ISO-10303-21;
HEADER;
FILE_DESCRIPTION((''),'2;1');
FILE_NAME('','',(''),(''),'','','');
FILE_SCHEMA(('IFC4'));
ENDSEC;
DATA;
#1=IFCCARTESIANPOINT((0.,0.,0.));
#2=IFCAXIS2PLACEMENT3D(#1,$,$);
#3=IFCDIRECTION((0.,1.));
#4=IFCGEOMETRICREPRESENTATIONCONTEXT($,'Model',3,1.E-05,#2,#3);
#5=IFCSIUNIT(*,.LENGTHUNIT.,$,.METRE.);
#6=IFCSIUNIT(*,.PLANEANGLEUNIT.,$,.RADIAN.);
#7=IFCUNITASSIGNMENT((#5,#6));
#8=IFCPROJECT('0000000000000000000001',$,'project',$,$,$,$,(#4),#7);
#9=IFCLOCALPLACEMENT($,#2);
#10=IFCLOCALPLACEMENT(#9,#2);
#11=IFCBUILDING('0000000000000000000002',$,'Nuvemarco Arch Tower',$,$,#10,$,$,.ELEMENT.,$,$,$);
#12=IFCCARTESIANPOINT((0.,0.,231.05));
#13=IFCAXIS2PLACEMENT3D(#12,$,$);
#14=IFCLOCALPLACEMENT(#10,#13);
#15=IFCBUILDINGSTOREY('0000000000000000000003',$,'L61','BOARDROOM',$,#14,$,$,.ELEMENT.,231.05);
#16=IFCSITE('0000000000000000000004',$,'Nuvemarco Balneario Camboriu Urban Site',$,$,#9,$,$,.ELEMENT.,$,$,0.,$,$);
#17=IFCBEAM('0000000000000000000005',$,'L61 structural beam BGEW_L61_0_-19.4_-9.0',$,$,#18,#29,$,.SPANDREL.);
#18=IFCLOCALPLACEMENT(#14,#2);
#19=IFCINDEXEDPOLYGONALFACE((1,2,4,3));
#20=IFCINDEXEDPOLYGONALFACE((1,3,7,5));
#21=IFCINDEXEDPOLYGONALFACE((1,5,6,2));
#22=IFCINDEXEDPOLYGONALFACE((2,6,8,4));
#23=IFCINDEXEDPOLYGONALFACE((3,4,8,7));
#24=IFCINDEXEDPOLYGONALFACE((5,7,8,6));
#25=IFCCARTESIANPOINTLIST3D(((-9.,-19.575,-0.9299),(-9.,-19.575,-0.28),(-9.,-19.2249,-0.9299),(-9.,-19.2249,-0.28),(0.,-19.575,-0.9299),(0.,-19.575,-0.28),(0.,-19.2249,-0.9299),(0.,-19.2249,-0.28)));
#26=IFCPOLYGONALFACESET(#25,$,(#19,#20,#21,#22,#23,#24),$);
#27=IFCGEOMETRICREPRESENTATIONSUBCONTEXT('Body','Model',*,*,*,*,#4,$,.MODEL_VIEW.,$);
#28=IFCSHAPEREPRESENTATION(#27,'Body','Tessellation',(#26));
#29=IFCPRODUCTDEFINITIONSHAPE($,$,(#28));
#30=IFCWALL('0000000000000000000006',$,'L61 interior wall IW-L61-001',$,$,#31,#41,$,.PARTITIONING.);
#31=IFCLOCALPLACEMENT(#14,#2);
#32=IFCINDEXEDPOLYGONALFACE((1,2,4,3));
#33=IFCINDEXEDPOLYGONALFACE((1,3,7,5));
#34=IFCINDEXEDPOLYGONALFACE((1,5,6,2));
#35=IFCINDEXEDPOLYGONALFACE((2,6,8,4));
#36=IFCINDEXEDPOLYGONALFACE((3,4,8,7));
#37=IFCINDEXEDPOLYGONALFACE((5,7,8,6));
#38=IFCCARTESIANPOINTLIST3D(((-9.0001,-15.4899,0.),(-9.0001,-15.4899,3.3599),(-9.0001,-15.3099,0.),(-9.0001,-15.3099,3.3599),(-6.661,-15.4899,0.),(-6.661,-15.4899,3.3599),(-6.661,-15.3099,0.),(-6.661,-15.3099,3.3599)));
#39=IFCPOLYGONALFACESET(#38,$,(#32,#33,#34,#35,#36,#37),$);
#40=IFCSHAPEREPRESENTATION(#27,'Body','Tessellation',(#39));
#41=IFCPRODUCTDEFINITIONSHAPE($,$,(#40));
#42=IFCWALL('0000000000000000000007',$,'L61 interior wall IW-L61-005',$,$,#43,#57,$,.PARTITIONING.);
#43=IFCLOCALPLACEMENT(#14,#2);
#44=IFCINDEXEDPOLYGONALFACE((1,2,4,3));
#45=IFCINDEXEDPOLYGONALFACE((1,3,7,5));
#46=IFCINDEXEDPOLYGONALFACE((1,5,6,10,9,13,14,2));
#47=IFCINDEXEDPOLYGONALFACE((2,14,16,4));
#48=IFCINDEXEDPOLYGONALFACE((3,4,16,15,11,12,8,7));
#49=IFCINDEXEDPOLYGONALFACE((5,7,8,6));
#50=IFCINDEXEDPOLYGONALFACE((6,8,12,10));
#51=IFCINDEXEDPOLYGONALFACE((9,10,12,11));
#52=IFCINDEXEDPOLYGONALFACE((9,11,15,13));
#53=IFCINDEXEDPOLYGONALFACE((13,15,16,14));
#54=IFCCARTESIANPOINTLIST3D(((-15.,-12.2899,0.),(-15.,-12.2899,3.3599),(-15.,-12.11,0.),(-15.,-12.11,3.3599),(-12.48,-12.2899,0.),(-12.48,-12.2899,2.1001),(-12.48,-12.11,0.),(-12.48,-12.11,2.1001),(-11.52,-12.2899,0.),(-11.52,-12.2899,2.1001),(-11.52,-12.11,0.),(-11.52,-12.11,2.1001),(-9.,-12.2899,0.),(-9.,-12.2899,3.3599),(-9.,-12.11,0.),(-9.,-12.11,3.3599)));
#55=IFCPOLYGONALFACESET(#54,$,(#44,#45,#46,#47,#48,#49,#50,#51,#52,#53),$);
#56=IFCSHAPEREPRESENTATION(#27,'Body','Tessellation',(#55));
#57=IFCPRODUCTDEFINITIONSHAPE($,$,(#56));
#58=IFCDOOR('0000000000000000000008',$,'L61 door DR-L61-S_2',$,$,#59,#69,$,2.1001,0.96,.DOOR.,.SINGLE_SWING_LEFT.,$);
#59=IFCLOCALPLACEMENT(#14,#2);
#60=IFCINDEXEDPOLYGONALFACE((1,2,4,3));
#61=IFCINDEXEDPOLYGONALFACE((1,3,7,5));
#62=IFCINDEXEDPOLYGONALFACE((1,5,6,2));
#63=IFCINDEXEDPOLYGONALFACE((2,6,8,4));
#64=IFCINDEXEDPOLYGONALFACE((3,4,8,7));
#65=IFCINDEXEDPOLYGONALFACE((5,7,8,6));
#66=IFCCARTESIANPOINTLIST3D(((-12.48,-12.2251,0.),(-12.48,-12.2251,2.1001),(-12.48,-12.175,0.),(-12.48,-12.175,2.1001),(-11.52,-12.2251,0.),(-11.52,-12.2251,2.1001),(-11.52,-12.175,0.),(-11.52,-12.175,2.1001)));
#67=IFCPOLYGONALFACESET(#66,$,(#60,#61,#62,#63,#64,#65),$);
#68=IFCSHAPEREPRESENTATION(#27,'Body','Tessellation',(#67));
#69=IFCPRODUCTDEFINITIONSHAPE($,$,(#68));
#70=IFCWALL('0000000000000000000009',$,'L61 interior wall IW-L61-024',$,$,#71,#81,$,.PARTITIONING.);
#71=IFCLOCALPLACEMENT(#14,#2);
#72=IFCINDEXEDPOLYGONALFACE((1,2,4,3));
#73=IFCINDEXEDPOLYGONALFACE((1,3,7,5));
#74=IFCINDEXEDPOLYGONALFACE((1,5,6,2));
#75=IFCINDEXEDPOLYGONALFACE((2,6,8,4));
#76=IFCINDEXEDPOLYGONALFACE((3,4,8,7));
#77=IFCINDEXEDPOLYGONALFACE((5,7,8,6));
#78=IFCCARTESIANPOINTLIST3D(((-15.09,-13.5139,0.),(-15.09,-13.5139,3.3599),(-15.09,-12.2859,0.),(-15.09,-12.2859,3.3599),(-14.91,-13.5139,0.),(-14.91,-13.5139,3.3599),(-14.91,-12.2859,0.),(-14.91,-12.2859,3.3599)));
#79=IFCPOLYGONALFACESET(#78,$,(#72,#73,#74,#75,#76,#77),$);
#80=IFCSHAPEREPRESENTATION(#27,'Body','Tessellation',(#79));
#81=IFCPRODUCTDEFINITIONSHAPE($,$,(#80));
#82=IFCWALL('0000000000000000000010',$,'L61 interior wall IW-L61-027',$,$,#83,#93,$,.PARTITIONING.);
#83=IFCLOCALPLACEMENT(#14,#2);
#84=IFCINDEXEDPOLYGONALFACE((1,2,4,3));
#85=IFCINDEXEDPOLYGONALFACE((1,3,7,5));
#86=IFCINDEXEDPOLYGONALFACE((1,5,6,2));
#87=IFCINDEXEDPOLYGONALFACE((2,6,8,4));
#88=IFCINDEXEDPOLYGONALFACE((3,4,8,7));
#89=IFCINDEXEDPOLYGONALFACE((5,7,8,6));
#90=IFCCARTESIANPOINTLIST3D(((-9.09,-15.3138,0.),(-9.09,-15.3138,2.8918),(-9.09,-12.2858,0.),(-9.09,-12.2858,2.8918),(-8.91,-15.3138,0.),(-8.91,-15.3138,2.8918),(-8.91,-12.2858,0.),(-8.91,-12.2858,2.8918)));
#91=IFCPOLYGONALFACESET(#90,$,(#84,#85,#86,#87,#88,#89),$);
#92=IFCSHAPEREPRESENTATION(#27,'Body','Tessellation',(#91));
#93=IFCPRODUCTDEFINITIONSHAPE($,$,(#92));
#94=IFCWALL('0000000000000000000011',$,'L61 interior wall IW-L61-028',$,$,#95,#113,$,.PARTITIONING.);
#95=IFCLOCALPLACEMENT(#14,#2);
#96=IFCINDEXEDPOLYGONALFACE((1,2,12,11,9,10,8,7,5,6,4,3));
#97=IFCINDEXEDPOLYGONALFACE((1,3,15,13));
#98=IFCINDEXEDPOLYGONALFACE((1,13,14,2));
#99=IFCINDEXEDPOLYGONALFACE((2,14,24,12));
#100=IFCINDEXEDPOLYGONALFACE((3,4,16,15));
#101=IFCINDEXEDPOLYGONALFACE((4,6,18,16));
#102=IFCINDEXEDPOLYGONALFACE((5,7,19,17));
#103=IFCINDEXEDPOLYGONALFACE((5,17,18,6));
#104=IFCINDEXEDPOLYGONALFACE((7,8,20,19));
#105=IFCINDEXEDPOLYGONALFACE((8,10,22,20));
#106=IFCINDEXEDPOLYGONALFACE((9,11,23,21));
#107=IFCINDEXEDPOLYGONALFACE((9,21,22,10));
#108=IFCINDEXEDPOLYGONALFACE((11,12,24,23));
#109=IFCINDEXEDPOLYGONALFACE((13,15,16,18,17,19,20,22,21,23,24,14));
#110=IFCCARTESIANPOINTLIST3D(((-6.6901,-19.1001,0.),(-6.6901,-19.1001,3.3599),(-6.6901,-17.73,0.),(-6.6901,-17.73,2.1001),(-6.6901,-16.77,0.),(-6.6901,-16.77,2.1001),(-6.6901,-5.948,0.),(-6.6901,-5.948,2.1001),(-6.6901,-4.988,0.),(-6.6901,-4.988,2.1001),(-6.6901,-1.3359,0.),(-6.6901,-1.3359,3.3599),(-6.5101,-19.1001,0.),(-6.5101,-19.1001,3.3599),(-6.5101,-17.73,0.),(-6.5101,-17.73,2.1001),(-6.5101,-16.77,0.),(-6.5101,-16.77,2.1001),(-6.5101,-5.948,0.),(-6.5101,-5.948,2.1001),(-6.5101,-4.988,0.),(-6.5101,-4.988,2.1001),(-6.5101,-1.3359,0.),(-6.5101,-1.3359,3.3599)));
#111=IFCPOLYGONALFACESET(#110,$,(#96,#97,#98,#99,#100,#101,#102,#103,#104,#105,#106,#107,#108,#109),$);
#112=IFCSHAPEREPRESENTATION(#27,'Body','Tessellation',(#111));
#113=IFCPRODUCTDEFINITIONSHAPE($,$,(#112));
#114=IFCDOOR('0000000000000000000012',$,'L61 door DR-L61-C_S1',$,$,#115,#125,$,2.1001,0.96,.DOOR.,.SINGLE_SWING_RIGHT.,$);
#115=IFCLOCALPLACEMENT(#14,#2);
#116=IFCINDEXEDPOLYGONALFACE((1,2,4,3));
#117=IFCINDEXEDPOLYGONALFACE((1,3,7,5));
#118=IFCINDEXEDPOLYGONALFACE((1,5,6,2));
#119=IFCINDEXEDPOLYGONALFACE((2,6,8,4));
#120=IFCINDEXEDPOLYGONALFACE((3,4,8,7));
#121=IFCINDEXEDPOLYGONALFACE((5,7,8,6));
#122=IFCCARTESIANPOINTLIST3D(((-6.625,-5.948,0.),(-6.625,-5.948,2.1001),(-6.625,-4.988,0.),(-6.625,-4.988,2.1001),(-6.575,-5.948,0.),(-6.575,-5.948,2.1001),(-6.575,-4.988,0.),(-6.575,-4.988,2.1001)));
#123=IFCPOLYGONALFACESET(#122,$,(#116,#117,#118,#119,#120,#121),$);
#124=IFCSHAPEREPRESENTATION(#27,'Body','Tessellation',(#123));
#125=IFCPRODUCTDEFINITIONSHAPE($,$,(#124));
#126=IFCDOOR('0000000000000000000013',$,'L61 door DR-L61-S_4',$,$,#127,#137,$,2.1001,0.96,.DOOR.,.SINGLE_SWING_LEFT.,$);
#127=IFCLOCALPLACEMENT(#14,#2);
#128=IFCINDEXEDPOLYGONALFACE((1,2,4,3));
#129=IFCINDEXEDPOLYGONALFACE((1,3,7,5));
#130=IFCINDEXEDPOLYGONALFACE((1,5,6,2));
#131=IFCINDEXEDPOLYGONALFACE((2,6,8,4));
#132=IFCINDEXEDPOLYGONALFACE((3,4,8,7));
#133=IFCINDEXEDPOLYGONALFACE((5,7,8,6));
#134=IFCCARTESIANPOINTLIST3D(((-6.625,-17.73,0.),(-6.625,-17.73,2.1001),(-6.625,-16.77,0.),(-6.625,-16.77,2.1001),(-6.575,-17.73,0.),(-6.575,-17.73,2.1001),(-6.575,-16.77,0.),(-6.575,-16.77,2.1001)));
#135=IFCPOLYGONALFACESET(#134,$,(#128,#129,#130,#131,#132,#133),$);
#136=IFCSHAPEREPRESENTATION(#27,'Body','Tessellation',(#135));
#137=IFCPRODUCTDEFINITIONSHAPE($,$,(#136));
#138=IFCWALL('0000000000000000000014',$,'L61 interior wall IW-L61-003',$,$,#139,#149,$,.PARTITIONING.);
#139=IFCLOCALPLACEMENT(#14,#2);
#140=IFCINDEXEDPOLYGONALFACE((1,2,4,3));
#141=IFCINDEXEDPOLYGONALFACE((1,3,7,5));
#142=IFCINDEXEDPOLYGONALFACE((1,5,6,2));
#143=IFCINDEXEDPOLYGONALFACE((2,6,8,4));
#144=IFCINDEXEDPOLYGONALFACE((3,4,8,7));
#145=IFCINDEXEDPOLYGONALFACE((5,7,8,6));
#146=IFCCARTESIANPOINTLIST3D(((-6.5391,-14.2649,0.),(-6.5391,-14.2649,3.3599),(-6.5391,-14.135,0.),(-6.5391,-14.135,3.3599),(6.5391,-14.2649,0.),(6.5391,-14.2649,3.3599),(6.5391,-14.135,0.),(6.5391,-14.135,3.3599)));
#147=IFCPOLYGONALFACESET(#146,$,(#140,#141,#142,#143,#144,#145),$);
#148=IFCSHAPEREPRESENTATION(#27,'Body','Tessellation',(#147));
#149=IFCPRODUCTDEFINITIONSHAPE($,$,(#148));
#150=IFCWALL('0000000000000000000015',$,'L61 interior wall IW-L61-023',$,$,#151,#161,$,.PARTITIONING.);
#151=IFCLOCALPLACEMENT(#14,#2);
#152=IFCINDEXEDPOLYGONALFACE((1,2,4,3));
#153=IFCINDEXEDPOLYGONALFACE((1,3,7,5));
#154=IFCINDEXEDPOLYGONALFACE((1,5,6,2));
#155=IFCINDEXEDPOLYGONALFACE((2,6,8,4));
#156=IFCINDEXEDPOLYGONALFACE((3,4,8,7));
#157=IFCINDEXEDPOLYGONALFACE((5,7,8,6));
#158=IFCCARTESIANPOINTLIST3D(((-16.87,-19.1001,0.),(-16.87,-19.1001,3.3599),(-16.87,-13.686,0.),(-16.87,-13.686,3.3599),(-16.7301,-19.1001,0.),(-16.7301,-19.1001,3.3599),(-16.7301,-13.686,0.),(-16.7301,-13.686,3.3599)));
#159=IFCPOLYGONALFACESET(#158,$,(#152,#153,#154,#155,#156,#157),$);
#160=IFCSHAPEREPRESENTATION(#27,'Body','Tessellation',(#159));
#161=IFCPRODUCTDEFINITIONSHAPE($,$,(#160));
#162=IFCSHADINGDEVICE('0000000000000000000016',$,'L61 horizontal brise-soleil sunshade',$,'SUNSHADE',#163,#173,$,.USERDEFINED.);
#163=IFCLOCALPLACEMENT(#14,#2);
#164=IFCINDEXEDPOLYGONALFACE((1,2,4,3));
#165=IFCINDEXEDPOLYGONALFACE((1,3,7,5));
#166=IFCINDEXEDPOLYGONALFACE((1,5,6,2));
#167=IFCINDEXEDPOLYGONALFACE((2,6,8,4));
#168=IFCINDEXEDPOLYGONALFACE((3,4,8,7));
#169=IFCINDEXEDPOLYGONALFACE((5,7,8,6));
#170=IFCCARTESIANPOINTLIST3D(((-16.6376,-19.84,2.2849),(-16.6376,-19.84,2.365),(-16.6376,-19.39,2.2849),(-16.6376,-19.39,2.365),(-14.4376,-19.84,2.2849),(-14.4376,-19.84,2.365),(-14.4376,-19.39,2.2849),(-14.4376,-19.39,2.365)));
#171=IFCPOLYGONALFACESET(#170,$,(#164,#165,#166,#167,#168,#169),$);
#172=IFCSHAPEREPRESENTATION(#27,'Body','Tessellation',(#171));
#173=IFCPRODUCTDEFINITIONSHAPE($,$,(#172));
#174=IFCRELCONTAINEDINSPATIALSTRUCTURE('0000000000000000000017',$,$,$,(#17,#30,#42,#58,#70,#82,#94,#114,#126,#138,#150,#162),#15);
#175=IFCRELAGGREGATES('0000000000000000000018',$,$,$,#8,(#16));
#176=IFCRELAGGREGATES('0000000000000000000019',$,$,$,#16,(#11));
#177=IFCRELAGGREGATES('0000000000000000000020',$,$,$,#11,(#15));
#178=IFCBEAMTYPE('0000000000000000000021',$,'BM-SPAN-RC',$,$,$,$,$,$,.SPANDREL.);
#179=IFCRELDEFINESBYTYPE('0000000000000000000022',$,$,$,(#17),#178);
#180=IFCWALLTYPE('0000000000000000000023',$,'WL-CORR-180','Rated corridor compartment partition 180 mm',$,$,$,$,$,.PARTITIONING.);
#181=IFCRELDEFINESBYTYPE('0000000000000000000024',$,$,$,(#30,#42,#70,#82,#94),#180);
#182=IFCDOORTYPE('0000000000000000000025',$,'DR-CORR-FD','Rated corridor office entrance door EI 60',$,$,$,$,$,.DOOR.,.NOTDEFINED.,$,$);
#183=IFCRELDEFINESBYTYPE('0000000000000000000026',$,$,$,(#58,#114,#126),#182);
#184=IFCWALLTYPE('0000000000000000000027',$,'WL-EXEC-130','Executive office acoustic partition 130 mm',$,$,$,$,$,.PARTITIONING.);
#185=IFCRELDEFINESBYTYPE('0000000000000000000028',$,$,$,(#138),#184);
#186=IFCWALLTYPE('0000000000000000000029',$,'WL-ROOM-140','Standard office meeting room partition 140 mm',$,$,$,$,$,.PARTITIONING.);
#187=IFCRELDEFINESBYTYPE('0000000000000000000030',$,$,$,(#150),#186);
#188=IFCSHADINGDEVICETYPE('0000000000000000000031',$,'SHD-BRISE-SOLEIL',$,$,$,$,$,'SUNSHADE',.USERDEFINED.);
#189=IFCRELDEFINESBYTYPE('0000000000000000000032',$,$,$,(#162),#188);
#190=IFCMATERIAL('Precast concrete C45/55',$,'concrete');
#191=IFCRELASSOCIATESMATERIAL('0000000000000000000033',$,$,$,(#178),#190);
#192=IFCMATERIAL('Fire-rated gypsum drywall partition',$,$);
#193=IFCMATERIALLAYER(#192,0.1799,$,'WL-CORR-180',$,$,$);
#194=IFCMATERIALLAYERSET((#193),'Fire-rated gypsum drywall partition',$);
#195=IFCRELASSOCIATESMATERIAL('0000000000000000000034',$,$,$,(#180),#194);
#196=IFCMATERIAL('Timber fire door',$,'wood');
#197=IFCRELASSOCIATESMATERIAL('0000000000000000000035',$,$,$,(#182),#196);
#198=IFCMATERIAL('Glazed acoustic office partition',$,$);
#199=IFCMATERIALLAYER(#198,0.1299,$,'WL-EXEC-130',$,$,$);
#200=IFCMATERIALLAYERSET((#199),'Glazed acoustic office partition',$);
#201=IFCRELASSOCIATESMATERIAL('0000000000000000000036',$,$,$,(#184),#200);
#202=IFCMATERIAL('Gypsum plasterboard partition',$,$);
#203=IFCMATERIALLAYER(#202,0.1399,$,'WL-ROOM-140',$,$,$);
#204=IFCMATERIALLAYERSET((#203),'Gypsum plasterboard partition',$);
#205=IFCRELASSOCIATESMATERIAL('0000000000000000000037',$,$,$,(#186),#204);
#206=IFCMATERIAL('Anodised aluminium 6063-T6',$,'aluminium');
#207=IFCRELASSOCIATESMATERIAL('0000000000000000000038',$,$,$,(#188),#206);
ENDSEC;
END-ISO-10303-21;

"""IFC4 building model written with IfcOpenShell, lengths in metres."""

from ifc_helpers import new_model, si_unit, direction, frame, frame_2d, origin, origin_2d, place, context, subcontext, project, spatial, rectangle, extrude, source, transform, mapped, material, layer, layer_set, material_profile, profile_set, type_object, type_shapes, element, fill, save


model = new_model("IFC4")

# Units and contexts
model_context = context("Model", 3, precision=1e-05, world=origin(), true_north=direction((0.0, 1.0)))
body_context = subcontext(model_context, "Body", "Model", "MODEL_VIEW")
ifc_project = project(units=[si_unit("LENGTHUNIT", "METRE"), si_unit("PLANEANGLEUNIT", "RADIAN")], contexts=[model_context])

# Site, building, storey
site_placement = place(None, origin())
site = spatial("IfcSite", under=ifc_project, at=site_placement, Name="Nuvemarco Balneario Camboriu Urban Site", CompositionType="ELEMENT", RefElevation=0.0)
building_placement = place(site_placement, origin())
building = spatial("IfcBuilding", under=site, at=building_placement, Name="Nuvemarco Arch Tower", CompositionType="ELEMENT")
storey_placement = place(building_placement, frame((0.0, 0.0, 231.05)))
storey = spatial("IfcBuildingStorey", under=building, at=storey_placement, Name="L61", Description="BOARDROOM", CompositionType="ELEMENT", Elevation=231.05)

# Beam
ifc_material_1 = material(Name="Precast concrete C45/55", Category="concrete")
ifc_material_profile_1 = material_profile(ifc_material_1, rectangle(XDim=0.3501, YDim=0.6499, at=origin_2d()), Name="PC-SP-350x650")
ifc_profile_set_1 = profile_set([ifc_material_profile_1], Name="Precast concrete C45/55")
beam_type_1 = type_object("IfcBeamType", Name="BM-SPAN-RC", PredefinedType="SPANDREL", material=ifc_profile_set_1)
beam_1_placement = place(storey_placement, frame((-9.0, -19.3999, -0.605), z_axis=(1.0, 0.0, 0.0), x_axis=(0.0, 1.0, 0.0)))
element("IfcBeam", 1, at=beam_1_placement, inside=storey, type_object=beam_type_1, Name="L61 structural beam BGEW_L61_0_-19.4_-9.0", PredefinedType="SPANDREL", context=body_context, shape_type="SweptSolid", body=[
    extrude(rectangle(XDim=0.3501, YDim=0.6499, at=origin_2d()), origin(), (0.0, 0.0, 1.0), 9.0),
])

# Wall
ifc_material_2 = material(Name="Fire-rated gypsum drywall partition")
ifc_layer_1 = layer(ifc_material_2, 0.1799, Name="WL-CORR-180")
ifc_layer_set_1 = layer_set([ifc_layer_1], Name="Fire-rated gypsum drywall partition")
wall_type_1 = type_object("IfcWallType", Name="WL-CORR-180", Description="Rated corridor compartment partition 180 mm", PredefinedType="PARTITIONING", material=ifc_layer_set_1)
wall_1_placement = place(storey_placement, frame((-9.0, -15.3999, 0.0), z_axis=(0.0, 0.0, 1.0), x_axis=(1.0, 0.0, 0.0)))
element("IfcWall", 2, at=wall_1_placement, inside=storey, type_object=wall_type_1, Name="L61 interior wall IW-L61-001", PredefinedType="PARTITIONING", context=body_context, shape_type="SweptSolid", body=[
    extrude(rectangle(XDim=2.3391, YDim=0.1799, at=frame_2d((1.1694, 0.0))), origin(), (0.0, 0.0, 1.0), 3.3599),
])

# Wall, opening, door
wall_2_placement = place(storey_placement, frame((-15.0, -12.2, 0.0), z_axis=(0.0, 0.0, 1.0), x_axis=(1.0, 0.0, 0.0)))
wall_2 = element("IfcWall", 3, at=wall_2_placement, inside=storey, type_object=wall_type_1, Name="L61 interior wall IW-L61-005", PredefinedType="PARTITIONING", context=body_context, shape_type="SweptSolid", body=[
    extrude(rectangle(XDim=6.0, YDim=0.1799, at=frame_2d((3.0, 0.0))), origin(), (0.0, 0.0, 1.0), 3.3599),
])
opening_1_placement = place(wall_2_placement, frame((2.52, 0.0, 0.0)))
opening_1 = element("IfcOpeningElement", 4, at=opening_1_placement, cuts=wall_2, PredefinedType="OPENING", context=body_context, shape_type="SweptSolid", body=[
    extrude(rectangle(XDim=0.96, YDim=2.1001, at=frame_2d((0.48, 1.05))), frame((0.0, 0.0999, 0.0), z_axis=(0.0, -1.0, 0.0), x_axis=(1.0, 0.0, 0.0)), (0.0, 0.0, 1.0), 0.2),
])
ifc_material_3 = material(Name="Timber fire door", Category="wood")
door_type = type_object("IfcDoorType", Name="DR-CORR-FD", Description="Rated corridor office entrance door EI 60", OperationType="NOTDEFINED", PredefinedType="DOOR", material=ifc_material_3)
shared_shape_1 = source(origin(), body_context, "Body", "SweptSolid", [
    extrude(rectangle(XDim=0.96, YDim=2.1001, at=frame_2d((0.48, 1.05))), frame((0.0, 0.0249, 0.0), z_axis=(0.0, -1.0, 0.0), x_axis=(1.0, 0.0, 0.0)), (0.0, 0.0, 1.0), 0.05),
])
type_shapes(door_type, [shared_shape_1])
door_1_placement = place(opening_1_placement, origin())
door_1 = element("IfcDoor", 5, at=door_1_placement, inside=storey, type_object=door_type, Name="L61 door DR-L61-S_2", OperationType="SINGLE_SWING_LEFT", OverallHeight=2.1001, OverallWidth=0.96, PredefinedType="DOOR", context=body_context, shape_type="MappedRepresentation", body=[
    mapped(shared_shape_1, transform((0.0, 0.0, 0.0), scale=1.0)),
])
fill(opening_1, door_1)

# Walls
wall_3_placement = place(storey_placement, frame((-15.0, -13.5139, 0.0), z_axis=(0.0, 0.0, 1.0), x_axis=(0.0, 1.0, 0.0)))
element("IfcWall", 6, at=wall_3_placement, inside=storey, type_object=wall_type_1, Name="L61 interior wall IW-L61-024", PredefinedType="PARTITIONING", context=body_context, shape_type="SweptSolid", body=[
    extrude(rectangle(XDim=1.228, YDim=0.1799, at=frame_2d((0.614, 0.0))), origin(), (0.0, 0.0, 1.0), 3.3599),
])
wall_4_placement = place(storey_placement, frame((-9.0, -15.314, 0.0), z_axis=(0.0, 0.0, 1.0), x_axis=(0.0, 1.0, 0.0)))
element("IfcWall", 7, at=wall_4_placement, inside=storey, type_object=wall_type_1, Name="L61 interior wall IW-L61-027", PredefinedType="PARTITIONING", context=body_context, shape_type="SweptSolid", body=[
    extrude(rectangle(XDim=3.0281, YDim=0.1799, at=frame_2d((1.5142, 0.0))), origin(), (0.0, 0.0, 1.0), 2.8918),
])

# Wall, openings, doors
wall_5_placement = place(storey_placement, frame((-6.6001, -19.1001, 0.0), z_axis=(0.0, 0.0, 1.0), x_axis=(0.0, 1.0, 0.0)))
wall_5 = element("IfcWall", 8, at=wall_5_placement, inside=storey, type_object=wall_type_1, Name="L61 interior wall IW-L61-028", PredefinedType="PARTITIONING", context=body_context, shape_type="SweptSolid", body=[
    extrude(rectangle(XDim=17.7642, YDim=0.1799, at=frame_2d((8.8821, 0.0))), origin(), (0.0, 0.0, 1.0), 3.3599),
])
opening_2_placement = place(wall_5_placement, frame((13.1521, 0.0, 0.0)))
opening_2 = element("IfcOpeningElement", 9, at=opening_2_placement, cuts=wall_5, PredefinedType="OPENING", context=body_context, shape_type="SweptSolid", body=[
    extrude(rectangle(XDim=0.96, YDim=2.1001, at=frame_2d((0.48, 1.05))), frame((0.0, 0.0999, 0.0), z_axis=(0.0, -1.0, 0.0), x_axis=(1.0, 0.0, 0.0)), (0.0, 0.0, 1.0), 0.2),
])
opening_3_placement = place(wall_5_placement, frame((1.3701, 0.0, 0.0)))
opening_3 = element("IfcOpeningElement", 10, at=opening_3_placement, cuts=wall_5, PredefinedType="OPENING", context=body_context, shape_type="SweptSolid", body=[
    extrude(rectangle(XDim=0.96, YDim=2.1001, at=frame_2d((0.48, 1.05))), frame((0.0, 0.0999, 0.0), z_axis=(0.0, -1.0, 0.0), x_axis=(1.0, 0.0, 0.0)), (0.0, 0.0, 1.0), 0.2),
])
door_2_placement = place(opening_2_placement, origin())
door_2 = element("IfcDoor", 11, at=door_2_placement, inside=storey, type_object=door_type, Name="L61 door DR-L61-C_S1", OperationType="SINGLE_SWING_RIGHT", OverallHeight=2.1001, OverallWidth=0.96, PredefinedType="DOOR", context=body_context, shape_type="MappedRepresentation", body=[
    mapped(shared_shape_1, transform((0.0, 0.0, 0.0), scale=1.0)),
])
fill(opening_2, door_2)
door_3_placement = place(opening_3_placement, origin())
door_3 = element("IfcDoor", 12, at=door_3_placement, inside=storey, type_object=door_type, Name="L61 door DR-L61-S_4", OperationType="SINGLE_SWING_LEFT", OverallHeight=2.1001, OverallWidth=0.96, PredefinedType="DOOR", context=body_context, shape_type="MappedRepresentation", body=[
    mapped(shared_shape_1, transform((0.0, 0.0, 0.0), scale=1.0)),
])
fill(opening_3, door_3)

# Walls
ifc_material_4 = material(Name="Glazed acoustic office partition")
ifc_layer_2 = layer(ifc_material_4, 0.1299, Name="WL-EXEC-130")
ifc_layer_set_2 = layer_set([ifc_layer_2], Name="Glazed acoustic office partition")
wall_type_2 = type_object("IfcWallType", Name="WL-EXEC-130", Description="Executive office acoustic partition 130 mm", PredefinedType="PARTITIONING", material=ifc_layer_set_2)
wall_6_placement = place(storey_placement, frame((-6.5391, -14.2, 0.0), z_axis=(0.0, 0.0, 1.0), x_axis=(1.0, 0.0, 0.0)))
element("IfcWall", 13, at=wall_6_placement, inside=storey, type_object=wall_type_2, Name="L61 interior wall IW-L61-003", PredefinedType="PARTITIONING", context=body_context, shape_type="SweptSolid", body=[
    extrude(rectangle(XDim=13.0781, YDim=0.1299, at=frame_2d((6.5391, 0.0))), origin(), (0.0, 0.0, 1.0), 3.3599),
])
ifc_material_5 = material(Name="Gypsum plasterboard partition")
ifc_layer_3 = layer(ifc_material_5, 0.1399, Name="WL-ROOM-140")
ifc_layer_set_3 = layer_set([ifc_layer_3], Name="Gypsum plasterboard partition")
wall_type_3 = type_object("IfcWallType", Name="WL-ROOM-140", Description="Standard office meeting room partition 140 mm", PredefinedType="PARTITIONING", material=ifc_layer_set_3)
wall_7_placement = place(storey_placement, frame((-16.8, -19.1001, 0.0), z_axis=(0.0, 0.0, 1.0), x_axis=(0.0, 1.0, 0.0)))
element("IfcWall", 14, at=wall_7_placement, inside=storey, type_object=wall_type_3, Name="L61 interior wall IW-L61-023", PredefinedType="PARTITIONING", context=body_context, shape_type="SweptSolid", body=[
    extrude(rectangle(XDim=5.4141, YDim=0.1399, at=frame_2d((2.707, 0.0))), origin(), (0.0, 0.0, 1.0), 3.3599),
])

# Shading device
ifc_material_6 = material(Name="Anodised aluminium 6063-T6", Category="aluminium")
shading_device_type = type_object("IfcShadingDeviceType", Name="SHD-BRISE-SOLEIL", ElementType="SUNSHADE", PredefinedType="USERDEFINED", material=ifc_material_6)
shared_shape_2 = source(origin(), body_context, "Body", "SweptSolid", [
    extrude(rectangle(XDim=2.2, YDim=0.45, at=origin_2d()), origin(), (0.0, 0.0, 1.0), 0.0801),
])
type_shapes(shading_device_type, [shared_shape_2])
for number, where, z_axis, x_axis, name in (
    (15, (-15.5376, -19.615, 2.2849), (0.0, 0.0, 1.0), (1.0, 0.0, 0.0), "L61 horizontal brise-soleil sunshade"),
):
    element("IfcShadingDevice", number, at=place(storey_placement, frame(where, z_axis=z_axis, x_axis=x_axis)), inside=storey, type_object=shading_device_type, Name=name, ObjectType="SUNSHADE", PredefinedType="USERDEFINED", context=body_context, shape_type="MappedRepresentation", body=[
        mapped(shared_shape_2, transform((0.0, 0.0, 0.0), scale=1.0)),
    ])

save(model, "model.ifc")
